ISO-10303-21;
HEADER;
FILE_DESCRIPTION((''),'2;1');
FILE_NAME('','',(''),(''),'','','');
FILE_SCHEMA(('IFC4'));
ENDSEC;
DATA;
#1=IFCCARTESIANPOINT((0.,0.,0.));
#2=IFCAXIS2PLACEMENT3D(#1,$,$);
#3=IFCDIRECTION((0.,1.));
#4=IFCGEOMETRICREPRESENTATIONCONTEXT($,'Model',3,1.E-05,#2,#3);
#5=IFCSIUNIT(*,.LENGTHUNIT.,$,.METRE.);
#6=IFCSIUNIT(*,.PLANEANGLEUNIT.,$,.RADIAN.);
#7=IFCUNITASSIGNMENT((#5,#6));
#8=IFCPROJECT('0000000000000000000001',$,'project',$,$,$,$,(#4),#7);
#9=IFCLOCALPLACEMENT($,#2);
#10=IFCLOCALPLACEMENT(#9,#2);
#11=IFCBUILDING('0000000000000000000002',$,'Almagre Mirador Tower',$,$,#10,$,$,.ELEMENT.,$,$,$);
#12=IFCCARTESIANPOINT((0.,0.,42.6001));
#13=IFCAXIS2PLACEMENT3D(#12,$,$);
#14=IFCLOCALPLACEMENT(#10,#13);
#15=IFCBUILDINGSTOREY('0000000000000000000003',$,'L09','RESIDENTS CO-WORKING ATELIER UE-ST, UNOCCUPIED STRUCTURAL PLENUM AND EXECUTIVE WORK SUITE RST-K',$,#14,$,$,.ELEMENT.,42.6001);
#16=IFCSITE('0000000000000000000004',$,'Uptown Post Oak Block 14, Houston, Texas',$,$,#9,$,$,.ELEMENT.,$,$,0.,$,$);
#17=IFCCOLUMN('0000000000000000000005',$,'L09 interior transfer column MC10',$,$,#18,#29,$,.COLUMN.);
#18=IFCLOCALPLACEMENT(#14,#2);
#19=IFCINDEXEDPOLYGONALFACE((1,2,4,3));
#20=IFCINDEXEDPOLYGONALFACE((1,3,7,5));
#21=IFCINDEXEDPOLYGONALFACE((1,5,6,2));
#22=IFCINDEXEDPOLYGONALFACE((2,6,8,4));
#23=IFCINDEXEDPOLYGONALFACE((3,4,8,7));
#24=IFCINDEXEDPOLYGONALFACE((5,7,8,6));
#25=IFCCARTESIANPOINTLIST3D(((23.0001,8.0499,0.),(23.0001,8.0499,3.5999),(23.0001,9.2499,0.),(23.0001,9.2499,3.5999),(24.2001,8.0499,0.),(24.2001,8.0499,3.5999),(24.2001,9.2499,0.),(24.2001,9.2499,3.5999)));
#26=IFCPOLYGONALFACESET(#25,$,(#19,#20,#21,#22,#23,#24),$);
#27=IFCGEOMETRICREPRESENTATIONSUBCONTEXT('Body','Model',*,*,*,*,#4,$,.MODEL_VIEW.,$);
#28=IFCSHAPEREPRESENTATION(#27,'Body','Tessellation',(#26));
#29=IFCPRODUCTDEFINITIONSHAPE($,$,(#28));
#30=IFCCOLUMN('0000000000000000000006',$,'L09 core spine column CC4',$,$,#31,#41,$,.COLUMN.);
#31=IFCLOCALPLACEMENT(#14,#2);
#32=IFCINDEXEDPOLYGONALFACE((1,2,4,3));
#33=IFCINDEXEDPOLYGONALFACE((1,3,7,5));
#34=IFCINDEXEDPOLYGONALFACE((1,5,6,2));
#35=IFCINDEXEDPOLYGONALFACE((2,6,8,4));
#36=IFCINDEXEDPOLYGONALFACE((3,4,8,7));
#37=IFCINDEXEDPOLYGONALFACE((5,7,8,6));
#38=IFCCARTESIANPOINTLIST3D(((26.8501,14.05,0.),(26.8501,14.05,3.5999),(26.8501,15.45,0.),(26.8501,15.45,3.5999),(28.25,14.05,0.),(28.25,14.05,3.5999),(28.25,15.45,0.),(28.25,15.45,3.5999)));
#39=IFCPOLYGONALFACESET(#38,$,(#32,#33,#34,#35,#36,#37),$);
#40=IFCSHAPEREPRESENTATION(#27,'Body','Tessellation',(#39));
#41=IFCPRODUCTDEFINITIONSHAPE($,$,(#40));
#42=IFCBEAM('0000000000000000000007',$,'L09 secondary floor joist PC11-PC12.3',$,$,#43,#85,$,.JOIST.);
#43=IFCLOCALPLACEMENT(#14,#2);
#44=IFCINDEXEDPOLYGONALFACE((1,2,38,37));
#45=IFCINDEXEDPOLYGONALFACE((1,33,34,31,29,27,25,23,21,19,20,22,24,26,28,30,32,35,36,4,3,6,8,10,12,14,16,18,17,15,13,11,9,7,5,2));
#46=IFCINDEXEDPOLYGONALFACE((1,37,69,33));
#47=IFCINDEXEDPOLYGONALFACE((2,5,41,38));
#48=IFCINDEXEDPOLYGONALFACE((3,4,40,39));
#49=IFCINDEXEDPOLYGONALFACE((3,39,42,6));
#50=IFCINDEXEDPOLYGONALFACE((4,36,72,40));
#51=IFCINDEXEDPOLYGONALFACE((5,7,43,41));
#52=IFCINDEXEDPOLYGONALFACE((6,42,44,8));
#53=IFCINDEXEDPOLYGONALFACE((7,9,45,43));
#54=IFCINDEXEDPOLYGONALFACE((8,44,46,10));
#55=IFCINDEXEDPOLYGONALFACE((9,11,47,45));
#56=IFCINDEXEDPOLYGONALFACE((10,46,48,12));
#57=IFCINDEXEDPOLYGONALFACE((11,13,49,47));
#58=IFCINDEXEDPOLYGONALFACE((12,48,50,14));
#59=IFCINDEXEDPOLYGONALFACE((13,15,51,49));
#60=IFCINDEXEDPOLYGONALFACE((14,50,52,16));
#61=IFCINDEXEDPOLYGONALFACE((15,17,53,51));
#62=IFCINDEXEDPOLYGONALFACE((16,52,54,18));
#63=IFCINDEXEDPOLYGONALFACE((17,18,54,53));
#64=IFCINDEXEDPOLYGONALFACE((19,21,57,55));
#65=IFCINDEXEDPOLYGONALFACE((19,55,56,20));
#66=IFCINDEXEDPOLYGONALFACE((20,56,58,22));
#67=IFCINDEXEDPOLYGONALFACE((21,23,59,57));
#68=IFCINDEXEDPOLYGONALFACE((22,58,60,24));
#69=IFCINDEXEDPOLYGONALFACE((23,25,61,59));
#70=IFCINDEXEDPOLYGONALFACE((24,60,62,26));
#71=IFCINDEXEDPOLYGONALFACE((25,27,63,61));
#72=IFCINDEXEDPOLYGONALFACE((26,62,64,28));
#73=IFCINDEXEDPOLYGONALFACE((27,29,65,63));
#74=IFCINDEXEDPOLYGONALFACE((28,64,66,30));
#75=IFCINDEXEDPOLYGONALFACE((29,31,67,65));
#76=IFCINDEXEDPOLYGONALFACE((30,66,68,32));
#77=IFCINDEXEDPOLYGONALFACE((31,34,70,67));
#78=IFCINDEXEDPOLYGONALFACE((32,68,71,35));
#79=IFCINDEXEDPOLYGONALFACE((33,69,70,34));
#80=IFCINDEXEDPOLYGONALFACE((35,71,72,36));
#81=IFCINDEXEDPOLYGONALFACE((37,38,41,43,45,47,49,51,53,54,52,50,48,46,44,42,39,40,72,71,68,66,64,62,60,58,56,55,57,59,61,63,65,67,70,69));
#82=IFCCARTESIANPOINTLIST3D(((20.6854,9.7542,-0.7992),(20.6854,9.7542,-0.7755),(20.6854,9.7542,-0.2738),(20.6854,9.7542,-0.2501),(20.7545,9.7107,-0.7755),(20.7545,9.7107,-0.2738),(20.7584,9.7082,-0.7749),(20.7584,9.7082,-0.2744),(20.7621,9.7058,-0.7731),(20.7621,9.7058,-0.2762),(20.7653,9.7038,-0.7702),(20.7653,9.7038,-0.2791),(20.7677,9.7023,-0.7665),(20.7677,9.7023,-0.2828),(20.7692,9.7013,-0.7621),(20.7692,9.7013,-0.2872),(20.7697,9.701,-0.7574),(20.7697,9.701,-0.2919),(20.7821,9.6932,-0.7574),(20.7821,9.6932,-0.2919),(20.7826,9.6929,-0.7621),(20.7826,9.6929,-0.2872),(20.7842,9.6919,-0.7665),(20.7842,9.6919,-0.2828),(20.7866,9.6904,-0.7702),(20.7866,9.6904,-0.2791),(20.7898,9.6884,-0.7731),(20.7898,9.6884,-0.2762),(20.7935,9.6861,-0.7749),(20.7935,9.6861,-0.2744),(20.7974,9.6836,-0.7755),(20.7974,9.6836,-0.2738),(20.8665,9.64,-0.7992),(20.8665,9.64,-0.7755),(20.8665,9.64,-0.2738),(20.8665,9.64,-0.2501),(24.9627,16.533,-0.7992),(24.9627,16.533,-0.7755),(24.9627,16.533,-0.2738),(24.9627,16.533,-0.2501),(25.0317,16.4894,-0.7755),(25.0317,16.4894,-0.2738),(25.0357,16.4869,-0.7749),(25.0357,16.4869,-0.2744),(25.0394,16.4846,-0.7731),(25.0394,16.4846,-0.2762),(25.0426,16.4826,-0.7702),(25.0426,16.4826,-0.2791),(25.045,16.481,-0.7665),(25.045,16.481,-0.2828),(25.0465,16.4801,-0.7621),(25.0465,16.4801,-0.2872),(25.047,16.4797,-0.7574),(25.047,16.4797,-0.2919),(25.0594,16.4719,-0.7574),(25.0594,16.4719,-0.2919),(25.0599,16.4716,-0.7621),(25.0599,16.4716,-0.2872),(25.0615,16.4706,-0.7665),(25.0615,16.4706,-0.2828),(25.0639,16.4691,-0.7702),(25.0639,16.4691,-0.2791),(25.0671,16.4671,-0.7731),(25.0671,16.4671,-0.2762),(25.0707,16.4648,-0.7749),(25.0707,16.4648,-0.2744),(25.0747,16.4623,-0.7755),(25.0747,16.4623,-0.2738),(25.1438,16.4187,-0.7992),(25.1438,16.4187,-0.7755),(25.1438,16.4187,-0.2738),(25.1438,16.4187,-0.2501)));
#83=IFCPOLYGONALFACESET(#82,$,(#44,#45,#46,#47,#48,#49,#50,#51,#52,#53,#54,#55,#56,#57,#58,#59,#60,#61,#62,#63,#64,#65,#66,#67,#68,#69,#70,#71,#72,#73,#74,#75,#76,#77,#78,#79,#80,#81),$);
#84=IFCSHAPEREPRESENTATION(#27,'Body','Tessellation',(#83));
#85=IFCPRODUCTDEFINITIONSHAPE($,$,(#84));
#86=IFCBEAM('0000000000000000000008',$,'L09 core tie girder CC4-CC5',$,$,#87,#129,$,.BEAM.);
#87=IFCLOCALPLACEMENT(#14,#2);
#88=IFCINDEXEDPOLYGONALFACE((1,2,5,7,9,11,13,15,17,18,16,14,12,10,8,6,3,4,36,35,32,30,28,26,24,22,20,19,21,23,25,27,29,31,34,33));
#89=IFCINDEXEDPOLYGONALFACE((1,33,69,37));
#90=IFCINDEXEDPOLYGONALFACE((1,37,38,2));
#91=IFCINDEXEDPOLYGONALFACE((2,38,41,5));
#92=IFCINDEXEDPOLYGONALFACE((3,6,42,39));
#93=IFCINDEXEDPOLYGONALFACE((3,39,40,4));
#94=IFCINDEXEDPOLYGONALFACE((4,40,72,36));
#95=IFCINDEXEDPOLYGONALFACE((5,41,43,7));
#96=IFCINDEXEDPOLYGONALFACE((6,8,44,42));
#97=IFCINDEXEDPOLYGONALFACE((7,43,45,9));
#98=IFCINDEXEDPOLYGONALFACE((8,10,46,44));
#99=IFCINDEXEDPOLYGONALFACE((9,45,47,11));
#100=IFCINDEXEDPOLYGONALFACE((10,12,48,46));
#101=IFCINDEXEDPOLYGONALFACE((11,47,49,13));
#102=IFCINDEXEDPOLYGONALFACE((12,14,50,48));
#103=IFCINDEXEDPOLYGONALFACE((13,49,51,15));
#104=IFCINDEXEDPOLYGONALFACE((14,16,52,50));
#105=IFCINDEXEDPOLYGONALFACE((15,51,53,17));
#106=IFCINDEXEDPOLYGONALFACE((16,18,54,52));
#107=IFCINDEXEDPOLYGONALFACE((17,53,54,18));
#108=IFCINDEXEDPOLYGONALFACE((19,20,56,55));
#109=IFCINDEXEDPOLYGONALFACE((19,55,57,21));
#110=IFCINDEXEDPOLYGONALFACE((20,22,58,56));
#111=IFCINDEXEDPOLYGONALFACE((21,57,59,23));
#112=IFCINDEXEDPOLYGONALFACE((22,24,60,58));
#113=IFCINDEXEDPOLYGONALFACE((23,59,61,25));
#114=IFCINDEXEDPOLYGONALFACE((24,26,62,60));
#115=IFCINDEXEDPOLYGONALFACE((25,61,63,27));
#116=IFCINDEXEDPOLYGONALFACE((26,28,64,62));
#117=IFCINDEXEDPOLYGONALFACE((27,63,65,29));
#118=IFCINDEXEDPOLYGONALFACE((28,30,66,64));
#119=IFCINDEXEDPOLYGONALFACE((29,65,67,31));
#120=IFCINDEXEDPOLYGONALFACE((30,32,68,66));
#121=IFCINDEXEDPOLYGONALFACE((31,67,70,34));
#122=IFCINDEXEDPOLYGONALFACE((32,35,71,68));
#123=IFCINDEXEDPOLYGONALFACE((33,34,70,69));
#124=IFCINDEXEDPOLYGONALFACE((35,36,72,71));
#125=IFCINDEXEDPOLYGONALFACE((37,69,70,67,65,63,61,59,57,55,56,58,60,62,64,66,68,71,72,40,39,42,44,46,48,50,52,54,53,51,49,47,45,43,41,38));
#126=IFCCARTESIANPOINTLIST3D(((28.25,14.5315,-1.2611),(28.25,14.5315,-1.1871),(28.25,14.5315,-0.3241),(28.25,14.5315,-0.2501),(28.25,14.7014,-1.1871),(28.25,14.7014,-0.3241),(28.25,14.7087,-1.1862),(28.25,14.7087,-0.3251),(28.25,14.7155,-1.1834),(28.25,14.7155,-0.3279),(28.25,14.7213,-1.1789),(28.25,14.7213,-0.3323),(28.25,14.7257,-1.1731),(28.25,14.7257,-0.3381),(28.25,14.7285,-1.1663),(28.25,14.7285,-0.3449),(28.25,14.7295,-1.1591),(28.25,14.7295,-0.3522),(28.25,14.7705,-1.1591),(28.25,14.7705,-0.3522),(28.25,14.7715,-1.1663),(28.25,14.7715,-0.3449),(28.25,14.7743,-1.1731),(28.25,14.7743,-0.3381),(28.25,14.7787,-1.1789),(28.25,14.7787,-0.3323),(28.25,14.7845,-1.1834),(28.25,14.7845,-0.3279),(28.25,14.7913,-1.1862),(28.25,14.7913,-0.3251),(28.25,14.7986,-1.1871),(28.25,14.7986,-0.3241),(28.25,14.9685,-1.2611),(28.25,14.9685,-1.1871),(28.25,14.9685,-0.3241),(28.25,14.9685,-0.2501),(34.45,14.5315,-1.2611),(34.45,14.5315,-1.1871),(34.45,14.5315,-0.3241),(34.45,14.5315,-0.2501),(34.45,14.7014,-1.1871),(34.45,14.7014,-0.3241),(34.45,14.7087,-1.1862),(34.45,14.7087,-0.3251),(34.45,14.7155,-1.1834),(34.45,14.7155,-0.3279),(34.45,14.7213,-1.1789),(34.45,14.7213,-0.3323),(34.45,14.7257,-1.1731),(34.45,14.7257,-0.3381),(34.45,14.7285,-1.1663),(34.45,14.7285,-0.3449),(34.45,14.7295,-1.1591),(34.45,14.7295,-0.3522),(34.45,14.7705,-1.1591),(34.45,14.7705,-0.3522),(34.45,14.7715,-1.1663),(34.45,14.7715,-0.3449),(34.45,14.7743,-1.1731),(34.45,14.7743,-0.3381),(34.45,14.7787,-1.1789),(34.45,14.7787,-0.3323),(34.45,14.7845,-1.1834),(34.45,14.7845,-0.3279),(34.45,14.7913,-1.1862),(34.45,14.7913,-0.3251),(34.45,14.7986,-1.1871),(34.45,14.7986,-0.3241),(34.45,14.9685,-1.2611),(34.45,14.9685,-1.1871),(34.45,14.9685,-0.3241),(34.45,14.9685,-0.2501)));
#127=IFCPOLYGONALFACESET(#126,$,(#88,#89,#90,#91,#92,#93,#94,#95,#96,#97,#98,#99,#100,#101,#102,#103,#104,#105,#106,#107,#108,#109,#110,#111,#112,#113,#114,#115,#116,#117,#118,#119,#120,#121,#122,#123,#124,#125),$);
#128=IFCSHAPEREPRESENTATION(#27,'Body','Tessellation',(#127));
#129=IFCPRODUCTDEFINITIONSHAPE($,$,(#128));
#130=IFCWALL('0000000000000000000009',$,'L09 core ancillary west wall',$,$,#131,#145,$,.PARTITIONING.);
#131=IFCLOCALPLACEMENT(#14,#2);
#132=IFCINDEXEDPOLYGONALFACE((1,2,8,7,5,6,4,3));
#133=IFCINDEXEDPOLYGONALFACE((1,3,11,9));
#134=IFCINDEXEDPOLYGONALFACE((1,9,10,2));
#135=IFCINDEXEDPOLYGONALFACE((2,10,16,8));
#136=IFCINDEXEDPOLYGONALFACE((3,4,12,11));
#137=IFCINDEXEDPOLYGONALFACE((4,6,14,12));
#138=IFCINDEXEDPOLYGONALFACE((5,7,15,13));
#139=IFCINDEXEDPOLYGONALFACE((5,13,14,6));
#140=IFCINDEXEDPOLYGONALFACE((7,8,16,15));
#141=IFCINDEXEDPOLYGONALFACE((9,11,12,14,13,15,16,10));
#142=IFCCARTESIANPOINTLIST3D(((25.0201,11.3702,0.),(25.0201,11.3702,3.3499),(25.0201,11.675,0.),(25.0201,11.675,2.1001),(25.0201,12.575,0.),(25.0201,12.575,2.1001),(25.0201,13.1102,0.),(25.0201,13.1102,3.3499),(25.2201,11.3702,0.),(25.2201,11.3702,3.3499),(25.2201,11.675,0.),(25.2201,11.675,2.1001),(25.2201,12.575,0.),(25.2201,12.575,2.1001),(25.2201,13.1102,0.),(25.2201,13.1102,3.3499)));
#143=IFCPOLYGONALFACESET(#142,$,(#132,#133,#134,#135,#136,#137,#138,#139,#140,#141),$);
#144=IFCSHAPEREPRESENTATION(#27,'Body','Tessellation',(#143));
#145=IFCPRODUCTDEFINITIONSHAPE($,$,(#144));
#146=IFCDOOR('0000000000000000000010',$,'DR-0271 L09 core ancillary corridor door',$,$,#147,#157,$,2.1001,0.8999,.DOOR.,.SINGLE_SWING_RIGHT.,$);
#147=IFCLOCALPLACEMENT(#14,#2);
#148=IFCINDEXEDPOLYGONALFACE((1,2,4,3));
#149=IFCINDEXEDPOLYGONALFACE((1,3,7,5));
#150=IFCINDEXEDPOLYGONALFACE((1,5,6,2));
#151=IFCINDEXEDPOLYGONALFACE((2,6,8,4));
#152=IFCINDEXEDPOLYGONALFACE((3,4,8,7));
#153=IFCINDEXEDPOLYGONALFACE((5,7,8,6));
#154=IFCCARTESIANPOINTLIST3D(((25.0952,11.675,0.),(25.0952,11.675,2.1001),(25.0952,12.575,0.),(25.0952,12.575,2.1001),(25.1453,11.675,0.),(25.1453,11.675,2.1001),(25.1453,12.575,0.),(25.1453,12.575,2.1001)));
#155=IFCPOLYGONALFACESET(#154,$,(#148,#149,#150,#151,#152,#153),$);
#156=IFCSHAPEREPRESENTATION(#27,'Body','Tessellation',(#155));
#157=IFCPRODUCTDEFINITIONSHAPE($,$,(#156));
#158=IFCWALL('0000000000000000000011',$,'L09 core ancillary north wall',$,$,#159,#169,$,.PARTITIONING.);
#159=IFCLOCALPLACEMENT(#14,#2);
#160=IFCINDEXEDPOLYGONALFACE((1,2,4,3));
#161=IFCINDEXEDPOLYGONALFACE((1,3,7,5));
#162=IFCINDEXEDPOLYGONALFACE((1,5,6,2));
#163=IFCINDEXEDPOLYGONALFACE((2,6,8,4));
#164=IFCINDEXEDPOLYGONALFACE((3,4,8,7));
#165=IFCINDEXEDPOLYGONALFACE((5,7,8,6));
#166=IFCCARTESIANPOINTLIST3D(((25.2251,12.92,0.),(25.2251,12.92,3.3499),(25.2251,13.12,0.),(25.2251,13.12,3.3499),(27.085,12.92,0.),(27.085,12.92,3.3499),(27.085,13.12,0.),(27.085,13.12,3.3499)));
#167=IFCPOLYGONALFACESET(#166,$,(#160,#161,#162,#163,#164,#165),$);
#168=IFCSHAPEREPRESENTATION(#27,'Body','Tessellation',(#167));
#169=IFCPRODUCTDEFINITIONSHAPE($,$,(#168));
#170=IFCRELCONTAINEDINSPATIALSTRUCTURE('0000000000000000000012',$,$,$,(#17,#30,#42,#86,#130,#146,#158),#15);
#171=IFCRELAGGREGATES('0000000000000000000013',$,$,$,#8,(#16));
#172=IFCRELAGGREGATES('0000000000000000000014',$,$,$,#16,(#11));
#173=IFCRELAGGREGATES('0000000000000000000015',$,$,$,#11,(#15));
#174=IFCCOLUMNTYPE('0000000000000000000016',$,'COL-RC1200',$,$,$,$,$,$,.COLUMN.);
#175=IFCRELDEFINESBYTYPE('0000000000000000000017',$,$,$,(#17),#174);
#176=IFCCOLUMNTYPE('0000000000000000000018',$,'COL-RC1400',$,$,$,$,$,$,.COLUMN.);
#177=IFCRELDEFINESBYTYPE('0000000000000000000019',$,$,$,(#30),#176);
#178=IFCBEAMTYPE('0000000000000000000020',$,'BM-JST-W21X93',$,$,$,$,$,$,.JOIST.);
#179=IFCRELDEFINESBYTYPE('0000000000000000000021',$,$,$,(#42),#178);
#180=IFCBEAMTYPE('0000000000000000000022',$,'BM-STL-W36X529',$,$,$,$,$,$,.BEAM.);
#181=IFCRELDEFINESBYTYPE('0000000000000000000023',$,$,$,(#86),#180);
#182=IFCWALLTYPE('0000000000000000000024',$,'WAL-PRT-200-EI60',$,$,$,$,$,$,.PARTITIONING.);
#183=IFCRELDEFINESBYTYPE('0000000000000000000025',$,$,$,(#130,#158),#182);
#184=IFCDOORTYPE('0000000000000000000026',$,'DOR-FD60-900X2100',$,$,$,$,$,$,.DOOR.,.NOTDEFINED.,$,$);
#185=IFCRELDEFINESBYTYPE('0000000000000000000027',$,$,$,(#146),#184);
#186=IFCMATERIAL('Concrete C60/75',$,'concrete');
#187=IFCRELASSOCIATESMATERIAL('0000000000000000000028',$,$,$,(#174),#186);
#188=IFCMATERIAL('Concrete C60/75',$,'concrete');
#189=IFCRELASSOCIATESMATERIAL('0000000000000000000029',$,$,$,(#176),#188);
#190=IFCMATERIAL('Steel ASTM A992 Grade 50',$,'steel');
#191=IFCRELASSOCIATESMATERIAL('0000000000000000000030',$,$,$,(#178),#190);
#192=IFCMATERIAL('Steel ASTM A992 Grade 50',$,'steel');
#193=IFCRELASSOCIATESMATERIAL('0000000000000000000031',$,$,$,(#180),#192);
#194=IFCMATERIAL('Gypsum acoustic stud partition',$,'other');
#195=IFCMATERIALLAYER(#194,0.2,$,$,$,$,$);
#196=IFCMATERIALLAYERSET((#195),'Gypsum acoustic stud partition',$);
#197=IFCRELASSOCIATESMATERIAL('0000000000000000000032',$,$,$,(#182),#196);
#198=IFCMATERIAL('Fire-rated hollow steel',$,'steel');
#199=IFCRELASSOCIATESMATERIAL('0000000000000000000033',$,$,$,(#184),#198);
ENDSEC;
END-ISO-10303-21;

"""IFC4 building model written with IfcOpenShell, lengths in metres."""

from ifc_helpers import new_model, si_unit, direction, frame, frame_2d, origin, origin_2d, place, context, subcontext, project, spatial, rectangle, i_section, extrude, material, layer, layer_set, material_profile, profile_set, type_object, element, fill, save


model = new_model("IFC4")

# Units and contexts
model_context = context("Model", 3, precision=1e-05, world=origin(), true_north=direction((0.0, 1.0)))
body_context = subcontext(model_context, "Body", "Model", "MODEL_VIEW")
ifc_project = project(units=[si_unit("LENGTHUNIT", "METRE"), si_unit("PLANEANGLEUNIT", "RADIAN")], contexts=[model_context])

# Site, building, storey
site_placement = place(None, origin())
site = spatial("IfcSite", under=ifc_project, at=site_placement, Name="Uptown Post Oak Block 14, Houston, Texas", CompositionType="ELEMENT", RefElevation=0.0)
building_placement = place(site_placement, origin())
building = spatial("IfcBuilding", under=site, at=building_placement, Name="Almagre Mirador Tower", CompositionType="ELEMENT")
storey_placement = place(building_placement, frame((0.0, 0.0, 42.6001)))
storey = spatial("IfcBuildingStorey", under=building, at=storey_placement, Name="L09", Description="RESIDENTS CO-WORKING ATELIER UE-ST, UNOCCUPIED STRUCTURAL PLENUM AND EXECUTIVE WORK SUITE RST-K", CompositionType="ELEMENT", Elevation=42.6001)

# Columns
ifc_material_1 = material(Name="Concrete C60/75", Category="concrete")
ifc_material_profile_1 = material_profile(ifc_material_1, rectangle(XDim=1.2, YDim=1.2, at=origin_2d()), Name="RC1200X1200")
ifc_profile_set_1 = profile_set([ifc_material_profile_1], Name="Concrete C60/75")
column_type_1 = type_object("IfcColumnType", Name="COL-RC1200", PredefinedType="COLUMN", material=ifc_profile_set_1)
column_1_placement = place(storey_placement, frame((23.6001, 8.6499, 0.0), z_axis=(0.0, 0.0, 1.0), x_axis=(1.0, 0.0, 0.0)))
element("IfcColumn", 1, at=column_1_placement, inside=storey, type_object=column_type_1, Name="L09 interior transfer column MC10", PredefinedType="COLUMN", context=body_context, shape_type="SweptSolid", body=[
    extrude(rectangle(XDim=1.2, YDim=1.2, at=origin_2d()), origin(), (0.0, 0.0, 1.0), 3.5999),
])
ifc_material_2 = material(Name="Concrete C60/75", Category="concrete")
ifc_material_profile_2 = material_profile(ifc_material_2, rectangle(XDim=1.3999, YDim=1.3999, at=origin_2d()), Name="RC1400X1400")
ifc_profile_set_2 = profile_set([ifc_material_profile_2], Name="Concrete C60/75")
column_type_2 = type_object("IfcColumnType", Name="COL-RC1400", PredefinedType="COLUMN", material=ifc_profile_set_2)
column_2_placement = place(storey_placement, frame((27.55, 14.75, 0.0), z_axis=(0.0, 0.0, 1.0), x_axis=(1.0, 0.0, 0.0)))
element("IfcColumn", 2, at=column_2_placement, inside=storey, type_object=column_type_2, Name="L09 core spine column CC4", PredefinedType="COLUMN", context=body_context, shape_type="SweptSolid", body=[
    extrude(rectangle(XDim=1.3999, YDim=1.3999, at=origin_2d()), origin(), (0.0, 0.0, 1.0), 3.5999),
])

# Beams
ifc_material_3 = material(Name="Steel ASTM A992 Grade 50", Category="steel")
ifc_material_profile_3 = material_profile(ifc_material_3, i_section(OverallWidth=0.2141, OverallDepth=0.5491, WebThickness=0.0146, FlangeThickness=0.0237, FilletRadius=0.0181, at=origin_2d()), Name="W21X93")
ifc_profile_set_3 = profile_set([ifc_material_profile_3], Name="Steel ASTM A992 Grade 50")
beam_type_1 = type_object("IfcBeamType", Name="BM-JST-W21X93", PredefinedType="JOIST", material=ifc_profile_set_3)
beam_1_placement = place(storey_placement, frame((25.0532, 16.4758, -0.5247), z_axis=(-0.533635, -0.845715, 0.0), x_axis=(0.845715, -0.533635, 0.0)))
element("IfcBeam", 3, at=beam_1_placement, inside=storey, type_object=beam_type_1, Name="L09 secondary floor joist PC11-PC12.3", PredefinedType="JOIST", context=body_context, shape_type="SweptSolid", body=[
    extrude(i_section(OverallWidth=0.2141, OverallDepth=0.5491, WebThickness=0.0146, FlangeThickness=0.0237, FilletRadius=0.0181, at=origin_2d()), origin(), (0.0, 0.0, 1.0), 8.0154),
])
ifc_material_4 = material(Name="Steel ASTM A992 Grade 50", Category="steel")
ifc_material_profile_4 = material_profile(ifc_material_4, i_section(OverallWidth=0.437, OverallDepth=1.011, WebThickness=0.041, FlangeThickness=0.074, FilletRadius=0.0281, at=origin_2d()), Name="W36X529")
ifc_profile_set_4 = profile_set([ifc_material_profile_4], Name="Steel ASTM A992 Grade 50")
beam_type_2 = type_object("IfcBeamType", Name="BM-STL-W36X529", PredefinedType="BEAM", material=ifc_profile_set_4)
beam_2_placement = place(storey_placement, frame((28.25, 14.75, -0.7556), z_axis=(1.0, 0.0, 0.0), x_axis=(0.0, 1.0, 0.0)))
element("IfcBeam", 4, at=beam_2_placement, inside=storey, type_object=beam_type_2, Name="L09 core tie girder CC4-CC5", PredefinedType="BEAM", context=body_context, shape_type="SweptSolid", body=[
    extrude(i_section(OverallWidth=0.437, OverallDepth=1.011, WebThickness=0.041, FlangeThickness=0.074, FilletRadius=0.0281, at=origin_2d()), origin(), (0.0, 0.0, 1.0), 6.2),
])

# Wall, opening, door
ifc_material_5 = material(Name="Gypsum acoustic stud partition", Category="other")
ifc_layer_1 = layer(ifc_material_5, 0.2)
ifc_layer_set_1 = layer_set([ifc_layer_1], Name="Gypsum acoustic stud partition")
wall_type_1 = type_object("IfcWallType", Name="WAL-PRT-200-EI60", PredefinedType="PARTITIONING", material=ifc_layer_set_1)
wall_1_placement = place(storey_placement, frame((25.1201, 11.3701, 0.0), z_axis=(0.0, 0.0, 1.0), x_axis=(0.0, 1.0, 0.0)))
wall_1 = element("IfcWall", 5, at=wall_1_placement, inside=storey, type_object=wall_type_1, Name="L09 core ancillary west wall", PredefinedType="PARTITIONING", context=body_context, shape_type="SweptSolid", body=[
    extrude(rectangle(XDim=1.74, YDim=0.2, at=frame_2d((0.8701, 0.0))), origin(), (0.0, 0.0, 1.0), 3.3499),
])
opening_1_placement = place(wall_1_placement, frame((0.3049, 0.0, 0.0)))
opening_1 = element("IfcOpeningElement", 6, at=opening_1_placement, cuts=wall_1, PredefinedType="OPENING", context=body_context, shape_type="SweptSolid", body=[
    extrude(rectangle(XDim=0.8999, YDim=2.1001, at=frame_2d((0.45, 1.05))), frame((0.0, 0.1101, 0.0), z_axis=(0.0, -1.0, 0.0), x_axis=(1.0, 0.0, 0.0)), (0.0, 0.0, 1.0), 0.22),
])
ifc_material_6 = material(Name="Fire-rated hollow steel", Category="steel")
door_type_1 = type_object("IfcDoorType", Name="DOR-FD60-900X2100", OperationType="NOTDEFINED", PredefinedType="DOOR", material=ifc_material_6)
door_1_placement = place(opening_1_placement, origin())
door_1 = element("IfcDoor", 7, at=door_1_placement, inside=storey, type_object=door_type_1, Name="DR-0271 L09 core ancillary corridor door", OperationType="SINGLE_SWING_RIGHT", OverallHeight=2.1001, OverallWidth=0.8999, PredefinedType="DOOR", context=body_context, shape_type="SweptSolid", body=[
    extrude(rectangle(XDim=0.8999, YDim=2.1001, at=frame_2d((0.45, 1.05))), frame((0.0, 0.0249, 0.0), z_axis=(0.0, -1.0, 0.0), x_axis=(1.0, 0.0, 0.0)), (0.0, 0.0, 1.0), 0.05),
])
fill(opening_1, door_1)

# Wall
wall_2_placement = place(storey_placement, frame((25.2251, 13.02, 0.0), z_axis=(0.0, 0.0, 1.0), x_axis=(1.0, 0.0, 0.0)))
element("IfcWall", 8, at=wall_2_placement, inside=storey, type_object=wall_type_1, Name="L09 core ancillary north wall", PredefinedType="PARTITIONING", context=body_context, shape_type="SweptSolid", body=[
    extrude(rectangle(XDim=1.8599, YDim=0.2, at=frame_2d((0.9299, 0.0))), origin(), (0.0, 0.0, 1.0), 3.3499),
])

save(model, "model.ifc")
